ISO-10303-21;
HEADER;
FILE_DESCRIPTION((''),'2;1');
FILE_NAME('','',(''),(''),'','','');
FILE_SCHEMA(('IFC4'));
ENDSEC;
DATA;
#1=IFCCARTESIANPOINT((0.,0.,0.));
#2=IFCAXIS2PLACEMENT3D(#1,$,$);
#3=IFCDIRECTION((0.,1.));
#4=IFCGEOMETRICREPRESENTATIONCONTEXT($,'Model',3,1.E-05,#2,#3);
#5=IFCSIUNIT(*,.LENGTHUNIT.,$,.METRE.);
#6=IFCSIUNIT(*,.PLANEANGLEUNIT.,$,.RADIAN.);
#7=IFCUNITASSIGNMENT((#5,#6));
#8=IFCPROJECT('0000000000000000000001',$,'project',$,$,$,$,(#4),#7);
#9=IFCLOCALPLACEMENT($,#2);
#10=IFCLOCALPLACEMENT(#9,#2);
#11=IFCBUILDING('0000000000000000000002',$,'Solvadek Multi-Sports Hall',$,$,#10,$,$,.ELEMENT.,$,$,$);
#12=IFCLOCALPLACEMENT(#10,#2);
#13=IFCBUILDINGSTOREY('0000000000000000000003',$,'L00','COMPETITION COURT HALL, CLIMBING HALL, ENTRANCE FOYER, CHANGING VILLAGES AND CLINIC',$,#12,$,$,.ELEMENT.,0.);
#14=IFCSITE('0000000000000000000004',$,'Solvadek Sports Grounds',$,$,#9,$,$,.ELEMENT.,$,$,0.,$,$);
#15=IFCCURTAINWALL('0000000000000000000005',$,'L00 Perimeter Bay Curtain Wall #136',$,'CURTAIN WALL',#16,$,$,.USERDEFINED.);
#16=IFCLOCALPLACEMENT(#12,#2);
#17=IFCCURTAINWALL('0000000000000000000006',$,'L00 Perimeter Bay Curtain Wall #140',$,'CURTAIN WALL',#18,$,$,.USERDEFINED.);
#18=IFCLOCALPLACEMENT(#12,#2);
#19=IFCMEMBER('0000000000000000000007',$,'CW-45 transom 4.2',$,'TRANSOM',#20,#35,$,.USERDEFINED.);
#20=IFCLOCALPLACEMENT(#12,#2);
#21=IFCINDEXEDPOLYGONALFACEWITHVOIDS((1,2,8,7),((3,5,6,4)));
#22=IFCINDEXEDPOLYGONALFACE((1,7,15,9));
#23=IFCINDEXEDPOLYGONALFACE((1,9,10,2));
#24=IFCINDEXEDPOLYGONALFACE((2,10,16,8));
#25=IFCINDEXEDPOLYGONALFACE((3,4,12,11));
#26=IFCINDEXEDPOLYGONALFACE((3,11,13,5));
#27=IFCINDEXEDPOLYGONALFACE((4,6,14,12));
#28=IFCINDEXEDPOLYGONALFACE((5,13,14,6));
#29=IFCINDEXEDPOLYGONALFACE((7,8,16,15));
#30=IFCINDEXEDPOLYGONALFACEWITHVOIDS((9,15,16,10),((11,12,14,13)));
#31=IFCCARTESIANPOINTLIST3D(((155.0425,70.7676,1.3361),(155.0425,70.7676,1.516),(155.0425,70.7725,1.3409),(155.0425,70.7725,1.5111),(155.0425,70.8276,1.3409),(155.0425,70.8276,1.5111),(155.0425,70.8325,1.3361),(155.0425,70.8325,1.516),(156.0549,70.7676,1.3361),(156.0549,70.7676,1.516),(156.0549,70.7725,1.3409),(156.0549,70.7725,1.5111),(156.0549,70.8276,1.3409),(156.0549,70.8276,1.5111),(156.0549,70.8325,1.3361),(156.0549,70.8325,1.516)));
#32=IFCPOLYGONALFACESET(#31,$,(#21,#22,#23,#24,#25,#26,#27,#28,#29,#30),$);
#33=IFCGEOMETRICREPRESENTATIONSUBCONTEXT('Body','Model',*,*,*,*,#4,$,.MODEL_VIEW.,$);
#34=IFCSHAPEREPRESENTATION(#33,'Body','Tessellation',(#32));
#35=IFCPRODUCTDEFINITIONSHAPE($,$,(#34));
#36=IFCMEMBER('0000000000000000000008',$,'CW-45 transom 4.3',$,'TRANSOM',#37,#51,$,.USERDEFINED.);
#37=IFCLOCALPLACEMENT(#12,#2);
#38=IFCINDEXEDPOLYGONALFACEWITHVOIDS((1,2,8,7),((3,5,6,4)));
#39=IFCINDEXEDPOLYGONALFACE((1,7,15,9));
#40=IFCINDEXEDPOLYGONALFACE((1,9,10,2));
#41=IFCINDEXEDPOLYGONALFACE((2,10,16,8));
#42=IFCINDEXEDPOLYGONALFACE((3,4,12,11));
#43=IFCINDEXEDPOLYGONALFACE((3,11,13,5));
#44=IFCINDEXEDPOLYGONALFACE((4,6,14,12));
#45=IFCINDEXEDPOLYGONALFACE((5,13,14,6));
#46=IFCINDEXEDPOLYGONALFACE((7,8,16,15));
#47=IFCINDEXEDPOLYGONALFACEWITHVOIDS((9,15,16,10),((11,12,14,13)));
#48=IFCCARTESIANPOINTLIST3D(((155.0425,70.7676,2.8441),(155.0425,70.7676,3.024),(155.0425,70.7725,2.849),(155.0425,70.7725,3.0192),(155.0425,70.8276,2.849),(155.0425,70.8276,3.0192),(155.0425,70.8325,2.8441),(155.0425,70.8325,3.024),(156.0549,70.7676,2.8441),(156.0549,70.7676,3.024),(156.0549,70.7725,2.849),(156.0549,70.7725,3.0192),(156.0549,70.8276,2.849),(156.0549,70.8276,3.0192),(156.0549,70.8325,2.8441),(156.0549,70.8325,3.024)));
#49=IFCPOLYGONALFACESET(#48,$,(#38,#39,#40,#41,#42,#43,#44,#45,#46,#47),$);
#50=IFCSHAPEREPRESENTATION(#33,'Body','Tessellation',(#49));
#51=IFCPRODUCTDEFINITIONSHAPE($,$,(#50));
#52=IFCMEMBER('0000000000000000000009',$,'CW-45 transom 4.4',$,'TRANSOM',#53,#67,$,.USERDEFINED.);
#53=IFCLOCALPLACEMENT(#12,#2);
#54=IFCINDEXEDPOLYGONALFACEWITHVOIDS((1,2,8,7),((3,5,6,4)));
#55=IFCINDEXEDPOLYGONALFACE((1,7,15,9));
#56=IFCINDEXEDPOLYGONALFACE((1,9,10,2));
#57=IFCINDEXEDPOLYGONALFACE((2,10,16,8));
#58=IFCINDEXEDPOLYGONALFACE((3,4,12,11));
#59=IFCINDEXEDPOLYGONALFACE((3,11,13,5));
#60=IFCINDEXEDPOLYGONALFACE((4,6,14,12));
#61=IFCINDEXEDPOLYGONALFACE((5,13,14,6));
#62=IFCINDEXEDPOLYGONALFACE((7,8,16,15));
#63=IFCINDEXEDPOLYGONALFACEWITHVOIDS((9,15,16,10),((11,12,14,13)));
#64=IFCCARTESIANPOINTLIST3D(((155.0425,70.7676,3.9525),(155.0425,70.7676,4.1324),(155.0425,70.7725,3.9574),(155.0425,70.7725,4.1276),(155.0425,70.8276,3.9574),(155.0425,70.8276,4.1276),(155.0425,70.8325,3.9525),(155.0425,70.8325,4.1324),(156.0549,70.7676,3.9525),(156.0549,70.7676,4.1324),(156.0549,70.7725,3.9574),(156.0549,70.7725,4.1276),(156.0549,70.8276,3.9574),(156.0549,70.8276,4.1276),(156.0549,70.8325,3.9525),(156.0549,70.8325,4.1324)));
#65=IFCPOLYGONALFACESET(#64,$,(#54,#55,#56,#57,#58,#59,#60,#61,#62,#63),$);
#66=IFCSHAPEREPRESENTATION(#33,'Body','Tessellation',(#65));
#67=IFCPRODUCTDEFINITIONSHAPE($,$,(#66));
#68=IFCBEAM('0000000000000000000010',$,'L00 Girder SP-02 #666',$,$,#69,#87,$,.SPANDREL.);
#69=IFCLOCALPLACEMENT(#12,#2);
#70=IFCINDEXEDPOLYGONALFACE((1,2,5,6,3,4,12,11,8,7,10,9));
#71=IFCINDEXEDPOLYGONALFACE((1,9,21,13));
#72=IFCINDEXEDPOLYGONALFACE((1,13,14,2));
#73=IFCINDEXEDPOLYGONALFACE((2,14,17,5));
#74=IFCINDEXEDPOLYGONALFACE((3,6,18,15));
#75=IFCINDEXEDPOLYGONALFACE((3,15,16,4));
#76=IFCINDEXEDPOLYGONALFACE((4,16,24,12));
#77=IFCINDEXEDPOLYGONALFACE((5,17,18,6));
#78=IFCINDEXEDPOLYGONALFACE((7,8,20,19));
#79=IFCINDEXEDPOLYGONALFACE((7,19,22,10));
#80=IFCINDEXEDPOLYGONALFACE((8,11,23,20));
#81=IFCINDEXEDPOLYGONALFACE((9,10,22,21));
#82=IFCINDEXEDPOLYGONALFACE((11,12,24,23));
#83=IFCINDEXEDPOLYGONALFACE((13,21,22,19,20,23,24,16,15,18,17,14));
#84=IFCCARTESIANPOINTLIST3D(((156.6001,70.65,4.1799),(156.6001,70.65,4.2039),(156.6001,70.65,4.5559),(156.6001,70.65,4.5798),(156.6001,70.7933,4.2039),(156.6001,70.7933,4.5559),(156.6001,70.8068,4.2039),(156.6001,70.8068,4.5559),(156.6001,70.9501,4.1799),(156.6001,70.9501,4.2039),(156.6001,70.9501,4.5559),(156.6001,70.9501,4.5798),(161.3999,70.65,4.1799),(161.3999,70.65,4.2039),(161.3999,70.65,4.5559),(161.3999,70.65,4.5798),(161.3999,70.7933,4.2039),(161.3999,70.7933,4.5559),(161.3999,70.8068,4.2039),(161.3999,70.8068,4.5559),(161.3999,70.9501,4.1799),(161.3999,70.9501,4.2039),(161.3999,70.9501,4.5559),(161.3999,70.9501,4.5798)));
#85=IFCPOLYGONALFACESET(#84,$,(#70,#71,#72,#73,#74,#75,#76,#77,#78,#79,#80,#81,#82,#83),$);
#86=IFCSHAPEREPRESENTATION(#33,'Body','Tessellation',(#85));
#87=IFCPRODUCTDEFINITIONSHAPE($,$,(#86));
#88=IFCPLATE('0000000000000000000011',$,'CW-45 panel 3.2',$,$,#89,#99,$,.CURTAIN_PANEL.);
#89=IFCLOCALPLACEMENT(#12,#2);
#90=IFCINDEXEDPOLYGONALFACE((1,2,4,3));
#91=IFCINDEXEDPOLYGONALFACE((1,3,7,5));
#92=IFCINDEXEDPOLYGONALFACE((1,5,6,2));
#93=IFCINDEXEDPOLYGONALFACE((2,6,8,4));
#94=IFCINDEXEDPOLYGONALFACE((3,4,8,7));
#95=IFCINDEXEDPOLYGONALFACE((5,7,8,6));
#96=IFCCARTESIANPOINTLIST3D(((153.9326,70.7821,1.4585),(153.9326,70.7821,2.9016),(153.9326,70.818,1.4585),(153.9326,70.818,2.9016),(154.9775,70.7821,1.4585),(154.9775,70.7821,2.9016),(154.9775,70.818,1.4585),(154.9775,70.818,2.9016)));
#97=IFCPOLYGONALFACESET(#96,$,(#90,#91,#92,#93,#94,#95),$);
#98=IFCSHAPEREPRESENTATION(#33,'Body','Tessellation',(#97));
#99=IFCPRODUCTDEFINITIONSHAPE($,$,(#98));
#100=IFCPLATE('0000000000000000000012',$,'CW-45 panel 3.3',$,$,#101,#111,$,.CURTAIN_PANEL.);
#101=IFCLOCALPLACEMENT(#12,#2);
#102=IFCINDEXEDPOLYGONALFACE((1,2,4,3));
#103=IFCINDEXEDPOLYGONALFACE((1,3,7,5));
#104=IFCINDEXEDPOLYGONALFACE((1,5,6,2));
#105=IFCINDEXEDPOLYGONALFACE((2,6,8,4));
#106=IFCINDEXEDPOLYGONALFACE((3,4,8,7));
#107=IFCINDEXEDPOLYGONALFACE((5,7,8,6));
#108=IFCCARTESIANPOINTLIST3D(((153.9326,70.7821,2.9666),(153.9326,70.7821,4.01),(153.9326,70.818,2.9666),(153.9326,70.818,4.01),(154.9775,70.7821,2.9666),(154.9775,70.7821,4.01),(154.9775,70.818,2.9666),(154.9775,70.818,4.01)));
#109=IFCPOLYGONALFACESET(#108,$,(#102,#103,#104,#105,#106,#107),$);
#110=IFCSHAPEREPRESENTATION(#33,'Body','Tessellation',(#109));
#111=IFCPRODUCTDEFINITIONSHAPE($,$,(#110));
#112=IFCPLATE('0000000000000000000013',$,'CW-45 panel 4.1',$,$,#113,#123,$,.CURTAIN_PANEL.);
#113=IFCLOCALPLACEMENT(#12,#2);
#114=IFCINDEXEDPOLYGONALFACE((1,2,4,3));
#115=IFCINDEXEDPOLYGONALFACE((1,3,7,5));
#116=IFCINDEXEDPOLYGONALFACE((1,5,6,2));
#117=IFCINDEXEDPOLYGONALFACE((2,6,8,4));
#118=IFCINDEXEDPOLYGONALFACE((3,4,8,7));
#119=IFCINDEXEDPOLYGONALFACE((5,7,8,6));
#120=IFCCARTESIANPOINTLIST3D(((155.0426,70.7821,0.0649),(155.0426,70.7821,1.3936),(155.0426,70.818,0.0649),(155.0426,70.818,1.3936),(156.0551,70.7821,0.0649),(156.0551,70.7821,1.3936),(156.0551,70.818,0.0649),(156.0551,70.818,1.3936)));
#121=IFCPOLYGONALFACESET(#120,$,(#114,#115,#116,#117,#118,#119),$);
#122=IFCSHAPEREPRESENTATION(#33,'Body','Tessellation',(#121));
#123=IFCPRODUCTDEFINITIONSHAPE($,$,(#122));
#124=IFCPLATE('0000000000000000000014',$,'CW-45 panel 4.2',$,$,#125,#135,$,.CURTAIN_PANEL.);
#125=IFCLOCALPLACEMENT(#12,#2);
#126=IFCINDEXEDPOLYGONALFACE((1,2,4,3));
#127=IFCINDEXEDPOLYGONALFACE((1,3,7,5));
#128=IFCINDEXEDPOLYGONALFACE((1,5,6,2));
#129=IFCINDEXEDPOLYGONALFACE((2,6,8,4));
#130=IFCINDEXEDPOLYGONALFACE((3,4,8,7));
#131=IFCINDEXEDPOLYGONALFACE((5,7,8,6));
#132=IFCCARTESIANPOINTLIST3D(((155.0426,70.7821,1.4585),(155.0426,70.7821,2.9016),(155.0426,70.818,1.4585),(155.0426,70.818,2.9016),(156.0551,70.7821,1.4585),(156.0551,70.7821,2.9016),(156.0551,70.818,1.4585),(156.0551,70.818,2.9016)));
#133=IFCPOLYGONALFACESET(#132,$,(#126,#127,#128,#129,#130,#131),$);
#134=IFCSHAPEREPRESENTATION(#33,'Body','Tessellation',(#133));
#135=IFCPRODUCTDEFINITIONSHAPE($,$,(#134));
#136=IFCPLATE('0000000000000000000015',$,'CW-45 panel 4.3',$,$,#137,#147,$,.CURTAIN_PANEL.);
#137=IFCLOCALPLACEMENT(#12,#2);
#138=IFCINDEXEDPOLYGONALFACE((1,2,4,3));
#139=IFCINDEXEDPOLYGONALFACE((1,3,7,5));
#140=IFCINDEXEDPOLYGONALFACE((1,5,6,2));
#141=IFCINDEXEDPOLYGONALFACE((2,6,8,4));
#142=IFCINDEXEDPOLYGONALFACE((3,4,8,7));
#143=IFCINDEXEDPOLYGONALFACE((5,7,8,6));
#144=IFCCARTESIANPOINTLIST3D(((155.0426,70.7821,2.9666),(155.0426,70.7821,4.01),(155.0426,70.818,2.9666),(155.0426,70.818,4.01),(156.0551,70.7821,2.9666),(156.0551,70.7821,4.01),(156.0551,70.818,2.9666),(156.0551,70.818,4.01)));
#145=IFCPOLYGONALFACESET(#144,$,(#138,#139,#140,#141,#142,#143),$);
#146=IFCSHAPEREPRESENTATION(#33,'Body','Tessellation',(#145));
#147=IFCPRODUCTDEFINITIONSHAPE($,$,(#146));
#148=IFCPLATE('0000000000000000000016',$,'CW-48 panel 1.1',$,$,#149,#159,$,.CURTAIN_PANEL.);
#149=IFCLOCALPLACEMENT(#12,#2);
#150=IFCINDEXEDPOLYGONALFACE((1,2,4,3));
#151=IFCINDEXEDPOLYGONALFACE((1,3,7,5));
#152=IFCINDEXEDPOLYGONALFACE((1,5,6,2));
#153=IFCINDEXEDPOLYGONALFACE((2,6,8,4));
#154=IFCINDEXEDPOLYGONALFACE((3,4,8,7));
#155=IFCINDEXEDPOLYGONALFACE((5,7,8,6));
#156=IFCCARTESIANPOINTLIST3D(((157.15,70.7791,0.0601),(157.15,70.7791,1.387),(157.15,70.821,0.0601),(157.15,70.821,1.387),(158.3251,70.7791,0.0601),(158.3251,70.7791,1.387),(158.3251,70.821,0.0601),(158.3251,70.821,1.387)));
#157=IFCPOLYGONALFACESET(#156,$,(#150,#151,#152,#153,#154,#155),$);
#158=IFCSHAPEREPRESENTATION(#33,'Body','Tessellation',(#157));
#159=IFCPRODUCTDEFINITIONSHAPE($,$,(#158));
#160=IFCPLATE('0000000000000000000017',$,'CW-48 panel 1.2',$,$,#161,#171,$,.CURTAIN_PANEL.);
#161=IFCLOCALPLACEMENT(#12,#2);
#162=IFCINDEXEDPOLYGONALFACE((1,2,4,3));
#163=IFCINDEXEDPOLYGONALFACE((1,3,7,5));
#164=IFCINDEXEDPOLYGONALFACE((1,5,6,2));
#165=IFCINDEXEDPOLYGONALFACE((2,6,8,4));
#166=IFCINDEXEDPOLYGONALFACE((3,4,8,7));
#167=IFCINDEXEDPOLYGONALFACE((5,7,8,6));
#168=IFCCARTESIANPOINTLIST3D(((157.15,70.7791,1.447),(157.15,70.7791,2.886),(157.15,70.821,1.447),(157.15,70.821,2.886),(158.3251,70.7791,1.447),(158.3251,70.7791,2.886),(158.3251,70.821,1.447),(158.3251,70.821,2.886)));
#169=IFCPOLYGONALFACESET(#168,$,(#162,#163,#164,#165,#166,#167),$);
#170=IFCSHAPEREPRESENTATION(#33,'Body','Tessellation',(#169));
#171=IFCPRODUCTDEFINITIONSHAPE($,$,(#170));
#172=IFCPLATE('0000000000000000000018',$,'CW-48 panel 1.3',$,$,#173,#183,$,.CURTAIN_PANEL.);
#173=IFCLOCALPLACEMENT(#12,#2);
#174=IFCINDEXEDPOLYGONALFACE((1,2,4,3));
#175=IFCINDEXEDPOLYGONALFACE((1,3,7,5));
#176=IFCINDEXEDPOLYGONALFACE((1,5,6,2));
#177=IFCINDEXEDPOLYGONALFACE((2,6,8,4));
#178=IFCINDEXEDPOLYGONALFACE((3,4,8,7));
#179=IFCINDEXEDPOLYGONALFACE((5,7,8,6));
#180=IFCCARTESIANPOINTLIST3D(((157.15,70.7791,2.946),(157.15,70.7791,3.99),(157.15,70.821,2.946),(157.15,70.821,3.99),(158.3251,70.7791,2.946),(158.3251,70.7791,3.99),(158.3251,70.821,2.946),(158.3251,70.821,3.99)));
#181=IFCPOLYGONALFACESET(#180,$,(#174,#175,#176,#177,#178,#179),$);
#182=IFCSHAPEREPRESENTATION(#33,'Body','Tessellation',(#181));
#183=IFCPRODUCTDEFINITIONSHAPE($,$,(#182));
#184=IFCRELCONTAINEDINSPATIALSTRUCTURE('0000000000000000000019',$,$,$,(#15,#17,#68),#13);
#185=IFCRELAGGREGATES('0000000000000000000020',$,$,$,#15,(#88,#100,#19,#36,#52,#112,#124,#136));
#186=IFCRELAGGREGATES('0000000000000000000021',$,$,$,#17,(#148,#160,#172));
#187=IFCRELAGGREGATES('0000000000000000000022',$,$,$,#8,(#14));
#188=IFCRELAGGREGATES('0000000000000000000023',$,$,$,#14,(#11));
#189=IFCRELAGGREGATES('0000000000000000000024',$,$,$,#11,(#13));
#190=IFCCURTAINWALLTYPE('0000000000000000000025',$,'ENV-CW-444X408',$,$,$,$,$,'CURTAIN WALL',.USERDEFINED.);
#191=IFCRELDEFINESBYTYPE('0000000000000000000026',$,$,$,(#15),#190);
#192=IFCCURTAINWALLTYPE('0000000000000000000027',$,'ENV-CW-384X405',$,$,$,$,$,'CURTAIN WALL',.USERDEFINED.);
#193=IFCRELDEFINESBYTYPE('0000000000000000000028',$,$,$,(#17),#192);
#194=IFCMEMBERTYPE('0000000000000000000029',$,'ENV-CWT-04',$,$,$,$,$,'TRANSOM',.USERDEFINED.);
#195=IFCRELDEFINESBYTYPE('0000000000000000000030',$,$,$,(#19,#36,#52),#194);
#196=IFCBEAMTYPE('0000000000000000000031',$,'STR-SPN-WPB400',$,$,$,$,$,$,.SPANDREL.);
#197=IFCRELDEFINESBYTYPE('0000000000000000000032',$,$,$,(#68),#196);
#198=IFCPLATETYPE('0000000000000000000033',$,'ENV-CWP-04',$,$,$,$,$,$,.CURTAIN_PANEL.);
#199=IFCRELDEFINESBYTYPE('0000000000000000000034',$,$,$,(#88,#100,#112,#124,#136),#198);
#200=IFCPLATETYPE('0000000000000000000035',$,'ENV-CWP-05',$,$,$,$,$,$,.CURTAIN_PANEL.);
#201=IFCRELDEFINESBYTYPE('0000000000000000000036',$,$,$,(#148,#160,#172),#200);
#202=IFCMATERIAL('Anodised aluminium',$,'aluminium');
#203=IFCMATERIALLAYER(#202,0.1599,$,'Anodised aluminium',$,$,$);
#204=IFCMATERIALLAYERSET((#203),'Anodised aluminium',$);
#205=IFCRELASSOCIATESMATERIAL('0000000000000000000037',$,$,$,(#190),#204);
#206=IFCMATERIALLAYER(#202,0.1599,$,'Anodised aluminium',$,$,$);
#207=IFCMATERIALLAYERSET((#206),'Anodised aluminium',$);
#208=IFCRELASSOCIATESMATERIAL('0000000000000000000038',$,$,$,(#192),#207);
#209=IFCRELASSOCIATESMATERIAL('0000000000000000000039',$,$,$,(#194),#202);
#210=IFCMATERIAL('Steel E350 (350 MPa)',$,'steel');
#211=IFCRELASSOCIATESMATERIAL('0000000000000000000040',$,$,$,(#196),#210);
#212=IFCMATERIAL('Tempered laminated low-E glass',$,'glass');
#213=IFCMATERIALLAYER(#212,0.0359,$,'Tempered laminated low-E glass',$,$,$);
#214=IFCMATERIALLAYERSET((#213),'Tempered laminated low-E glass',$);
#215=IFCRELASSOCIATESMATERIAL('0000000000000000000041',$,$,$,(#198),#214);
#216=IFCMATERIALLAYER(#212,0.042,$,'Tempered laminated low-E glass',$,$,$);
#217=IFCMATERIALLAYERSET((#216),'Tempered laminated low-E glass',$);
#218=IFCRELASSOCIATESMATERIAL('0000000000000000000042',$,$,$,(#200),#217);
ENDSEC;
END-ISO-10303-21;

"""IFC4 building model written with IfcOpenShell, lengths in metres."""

from ifc_helpers import new_model, si_unit, direction, frame, origin, origin_2d, place, context, subcontext, project, spatial, rectangle, hollow_rectangle, i_section, extrude, material, layer, layer_set, material_profile, profile_set, type_object, element, aggregate, save


model = new_model("IFC4")

# Units and contexts
model_context = context("Model", 3, precision=1e-05, world=origin(), true_north=direction((0.0, 1.0)))
body_context = subcontext(model_context, "Body", "Model", "MODEL_VIEW")
ifc_project = project(units=[si_unit("LENGTHUNIT", "METRE"), si_unit("PLANEANGLEUNIT", "RADIAN")], contexts=[model_context])

# Site, building, storey
site_placement = place(None, origin())
site = spatial("IfcSite", under=ifc_project, at=site_placement, Name="Solvadek Sports Grounds", CompositionType="ELEMENT", RefElevation=0.0)
building_placement = place(site_placement, origin())
building = spatial("IfcBuilding", under=site, at=building_placement, Name="Solvadek Multi-Sports Hall", CompositionType="ELEMENT")
storey_placement = place(building_placement, origin())
storey = spatial("IfcBuildingStorey", under=building, at=storey_placement, Name="L00", Description="COMPETITION COURT HALL, CLIMBING HALL, ENTRANCE FOYER, CHANGING VILLAGES AND CLINIC", CompositionType="ELEMENT", Elevation=0.0)

# Shared definitions
ifc_material_1 = material(Name="Steel E350 (350 MPa)", Category="steel")

# Curtain walls
ifc_material_2 = material(Name="Anodised aluminium", Category="aluminium")
ifc_layer_1 = layer(ifc_material_2, 0.1599, Name="Anodised aluminium")
ifc_layer_set_1 = layer_set([ifc_layer_1], Name="Anodised aluminium")
curtain_wall_type_1 = type_object("IfcCurtainWallType", Name="ENV-CW-444X408", ElementType="CURTAIN WALL", PredefinedType="USERDEFINED", material=ifc_layer_set_1)
curtain_wall_1_placement = place(storey_placement, origin())
curtain_wall_1 = element("IfcCurtainWall", 1, at=curtain_wall_1_placement, inside=storey, type_object=curtain_wall_type_1, Name="L00 Perimeter Bay Curtain Wall #136", ObjectType="CURTAIN WALL", PredefinedType="USERDEFINED")
ifc_layer_2 = layer(ifc_material_2, 0.1599, Name="Anodised aluminium")
ifc_layer_set_2 = layer_set([ifc_layer_2], Name="Anodised aluminium")
curtain_wall_type_2 = type_object("IfcCurtainWallType", Name="ENV-CW-384X405", ElementType="CURTAIN WALL", PredefinedType="USERDEFINED", material=ifc_layer_set_2)
curtain_wall_2_placement = place(storey_placement, origin())
curtain_wall_2 = element("IfcCurtainWall", 2, at=curtain_wall_2_placement, inside=storey, type_object=curtain_wall_type_2, Name="L00 Perimeter Bay Curtain Wall #140", ObjectType="CURTAIN WALL", PredefinedType="USERDEFINED")

# Members
ifc_material_profile_1 = material_profile(ifc_material_2, hollow_rectangle(XDim=0.0649, YDim=0.1799, WallThickness=0.0049, at=origin_2d()), Name="ALU-T 180x65x5")
ifc_profile_set_1 = profile_set([ifc_material_profile_1], Name="Anodised aluminium")
member_type_1 = type_object("IfcMemberType", Name="ENV-CWT-04", ElementType="TRANSOM", PredefinedType="USERDEFINED", material=ifc_profile_set_1)
member_1_placement = place(storey_placement, frame((155.0425, 70.8, 1.426), z_axis=(1.0, 0.0, 0.0), x_axis=(0.0, 1.0, 0.0)))
member_1 = element("IfcMember", 3, at=member_1_placement, type_object=member_type_1, Name="CW-45 transom 4.2", ObjectType="TRANSOM", PredefinedType="USERDEFINED", context=body_context, shape_type="SweptSolid", body=[
    extrude(hollow_rectangle(XDim=0.0649, YDim=0.1799, WallThickness=0.0049, at=origin_2d()), origin(), (0.0, 0.0, 1.0), 1.0125),
])
member_2_placement = place(storey_placement, frame((155.0425, 70.8, 2.9341), z_axis=(1.0, 0.0, 0.0), x_axis=(0.0, 1.0, 0.0)))
member_2 = element("IfcMember", 4, at=member_2_placement, type_object=member_type_1, Name="CW-45 transom 4.3", ObjectType="TRANSOM", PredefinedType="USERDEFINED", context=body_context, shape_type="SweptSolid", body=[
    extrude(hollow_rectangle(XDim=0.0649, YDim=0.1799, WallThickness=0.0049, at=origin_2d()), origin(), (0.0, 0.0, 1.0), 1.0125),
])
member_3_placement = place(storey_placement, frame((155.0425, 70.8, 4.0425), z_axis=(1.0, 0.0, 0.0), x_axis=(0.0, 1.0, 0.0)))
member_3 = element("IfcMember", 5, at=member_3_placement, type_object=member_type_1, Name="CW-45 transom 4.4", ObjectType="TRANSOM", PredefinedType="USERDEFINED", context=body_context, shape_type="SweptSolid", body=[
    extrude(hollow_rectangle(XDim=0.0649, YDim=0.1799, WallThickness=0.0049, at=origin_2d()), origin(), (0.0, 0.0, 1.0), 1.0125),
])

# Beam
ifc_material_profile_2 = material_profile(ifc_material_1, i_section(OverallWidth=0.3, OverallDepth=0.3999, WebThickness=0.0134, FlangeThickness=0.0239, at=origin_2d()), Name="WPB 400")
ifc_profile_set_2 = profile_set([ifc_material_profile_2], Name="Steel E350 (350 MPa)")
beam_type = type_object("IfcBeamType", Name="STR-SPN-WPB400", PredefinedType="SPANDREL", material=ifc_profile_set_2)
beam_placement = place(storey_placement, frame((156.6001, 70.8, 4.3799), z_axis=(1.0, 0.0, 0.0), x_axis=(0.0, 1.0, 0.0)))
element("IfcBeam", 6, at=beam_placement, inside=storey, type_object=beam_type, Name="L00 Girder SP-02 #666", PredefinedType="SPANDREL", context=body_context, shape_type="SweptSolid", body=[
    extrude(i_section(OverallWidth=0.3, OverallDepth=0.3999, WebThickness=0.0134, FlangeThickness=0.0239, at=origin_2d()), origin(), (0.0, 0.0, 1.0), 4.7998),
])

# Plates
ifc_material_3 = material(Name="Tempered laminated low-E glass", Category="glass")
ifc_layer_3 = layer(ifc_material_3, 0.0359, Name="Tempered laminated low-E glass")
ifc_layer_set_3 = layer_set([ifc_layer_3], Name="Tempered laminated low-E glass")
plate_type_1 = type_object("IfcPlateType", Name="ENV-CWP-04", PredefinedType="CURTAIN_PANEL", material=ifc_layer_set_3)
plate_1_placement = place(storey_placement, frame((154.4551, 70.8, 1.4585), z_axis=(0.0, 0.0, 1.0), x_axis=(1.0, 0.0, 0.0)))
plate_1 = element("IfcPlate", 7, at=plate_1_placement, type_object=plate_type_1, Name="CW-45 panel 3.2", PredefinedType="CURTAIN_PANEL", context=body_context, shape_type="SweptSolid", body=[
    extrude(rectangle(XDim=1.0449, YDim=0.0359, at=origin_2d()), origin(), (0.0, 0.0, 1.0), 1.4431),
])
plate_2_placement = place(storey_placement, frame((154.4551, 70.8, 2.9666), z_axis=(0.0, 0.0, 1.0), x_axis=(1.0, 0.0, 0.0)))
plate_2 = element("IfcPlate", 8, at=plate_2_placement, type_object=plate_type_1, Name="CW-45 panel 3.3", PredefinedType="CURTAIN_PANEL", context=body_context, shape_type="SweptSolid", body=[
    extrude(rectangle(XDim=1.0449, YDim=0.0359, at=origin_2d()), origin(), (0.0, 0.0, 1.0), 1.0435),
])
plate_3_placement = place(storey_placement, frame((155.5488, 70.8, 0.0649), z_axis=(0.0, 0.0, 1.0), x_axis=(1.0, 0.0, 0.0)))
plate_3 = element("IfcPlate", 9, at=plate_3_placement, type_object=plate_type_1, Name="CW-45 panel 4.1", PredefinedType="CURTAIN_PANEL", context=body_context, shape_type="SweptSolid", body=[
    extrude(rectangle(XDim=1.0125, YDim=0.0359, at=origin_2d()), origin(), (0.0, 0.0, 1.0), 1.3286),
])
plate_4_placement = place(storey_placement, frame((155.5488, 70.8, 1.4585), z_axis=(0.0, 0.0, 1.0), x_axis=(1.0, 0.0, 0.0)))
plate_4 = element("IfcPlate", 10, at=plate_4_placement, type_object=plate_type_1, Name="CW-45 panel 4.2", PredefinedType="CURTAIN_PANEL", context=body_context, shape_type="SweptSolid", body=[
    extrude(rectangle(XDim=1.0125, YDim=0.0359, at=origin_2d()), origin(), (0.0, 0.0, 1.0), 1.4431),
])
plate_5_placement = place(storey_placement, frame((155.5488, 70.8, 2.9666), z_axis=(0.0, 0.0, 1.0), x_axis=(1.0, 0.0, 0.0)))
plate_5 = element("IfcPlate", 11, at=plate_5_placement, type_object=plate_type_1, Name="CW-45 panel 4.3", PredefinedType="CURTAIN_PANEL", context=body_context, shape_type="SweptSolid", body=[
    extrude(rectangle(XDim=1.0125, YDim=0.0359, at=origin_2d()), origin(), (0.0, 0.0, 1.0), 1.0435),
])
aggregate(curtain_wall_1, [plate_1, plate_2, member_1, member_2, member_3, plate_3, plate_4, plate_5])
ifc_layer_4 = layer(ifc_material_3, 0.042, Name="Tempered laminated low-E glass")
ifc_layer_set_4 = layer_set([ifc_layer_4], Name="Tempered laminated low-E glass")
plate_type_2 = type_object("IfcPlateType", Name="ENV-CWP-05", PredefinedType="CURTAIN_PANEL", material=ifc_layer_set_4)
plate_6_placement = place(storey_placement, frame((157.7375, 70.8, 0.0601), z_axis=(0.0, 0.0, 1.0), x_axis=(1.0, 0.0, 0.0)))
plate_6 = element("IfcPlate", 12, at=plate_6_placement, type_object=plate_type_2, Name="CW-48 panel 1.1", PredefinedType="CURTAIN_PANEL", context=body_context, shape_type="SweptSolid", body=[
    extrude(rectangle(XDim=1.175, YDim=0.042, at=origin_2d()), origin(), (0.0, 0.0, 1.0), 1.3269),
])
plate_7_placement = place(storey_placement, frame((157.7375, 70.8, 1.447), z_axis=(0.0, 0.0, 1.0), x_axis=(1.0, 0.0, 0.0)))
plate_7 = element("IfcPlate", 13, at=plate_7_placement, type_object=plate_type_2, Name="CW-48 panel 1.2", PredefinedType="CURTAIN_PANEL", context=body_context, shape_type="SweptSolid", body=[
    extrude(rectangle(XDim=1.175, YDim=0.042, at=origin_2d()), origin(), (0.0, 0.0, 1.0), 1.439),
])
plate_8_placement = place(storey_placement, frame((157.7375, 70.8, 2.946), z_axis=(0.0, 0.0, 1.0), x_axis=(1.0, 0.0, 0.0)))
plate_8 = element("IfcPlate", 14, at=plate_8_placement, type_object=plate_type_2, Name="CW-48 panel 1.3", PredefinedType="CURTAIN_PANEL", context=body_context, shape_type="SweptSolid", body=[
    extrude(rectangle(XDim=1.175, YDim=0.042, at=origin_2d()), origin(), (0.0, 0.0, 1.0), 1.0439),
])
aggregate(curtain_wall_2, [plate_6, plate_7, plate_8])

save(model, "model.ifc")
